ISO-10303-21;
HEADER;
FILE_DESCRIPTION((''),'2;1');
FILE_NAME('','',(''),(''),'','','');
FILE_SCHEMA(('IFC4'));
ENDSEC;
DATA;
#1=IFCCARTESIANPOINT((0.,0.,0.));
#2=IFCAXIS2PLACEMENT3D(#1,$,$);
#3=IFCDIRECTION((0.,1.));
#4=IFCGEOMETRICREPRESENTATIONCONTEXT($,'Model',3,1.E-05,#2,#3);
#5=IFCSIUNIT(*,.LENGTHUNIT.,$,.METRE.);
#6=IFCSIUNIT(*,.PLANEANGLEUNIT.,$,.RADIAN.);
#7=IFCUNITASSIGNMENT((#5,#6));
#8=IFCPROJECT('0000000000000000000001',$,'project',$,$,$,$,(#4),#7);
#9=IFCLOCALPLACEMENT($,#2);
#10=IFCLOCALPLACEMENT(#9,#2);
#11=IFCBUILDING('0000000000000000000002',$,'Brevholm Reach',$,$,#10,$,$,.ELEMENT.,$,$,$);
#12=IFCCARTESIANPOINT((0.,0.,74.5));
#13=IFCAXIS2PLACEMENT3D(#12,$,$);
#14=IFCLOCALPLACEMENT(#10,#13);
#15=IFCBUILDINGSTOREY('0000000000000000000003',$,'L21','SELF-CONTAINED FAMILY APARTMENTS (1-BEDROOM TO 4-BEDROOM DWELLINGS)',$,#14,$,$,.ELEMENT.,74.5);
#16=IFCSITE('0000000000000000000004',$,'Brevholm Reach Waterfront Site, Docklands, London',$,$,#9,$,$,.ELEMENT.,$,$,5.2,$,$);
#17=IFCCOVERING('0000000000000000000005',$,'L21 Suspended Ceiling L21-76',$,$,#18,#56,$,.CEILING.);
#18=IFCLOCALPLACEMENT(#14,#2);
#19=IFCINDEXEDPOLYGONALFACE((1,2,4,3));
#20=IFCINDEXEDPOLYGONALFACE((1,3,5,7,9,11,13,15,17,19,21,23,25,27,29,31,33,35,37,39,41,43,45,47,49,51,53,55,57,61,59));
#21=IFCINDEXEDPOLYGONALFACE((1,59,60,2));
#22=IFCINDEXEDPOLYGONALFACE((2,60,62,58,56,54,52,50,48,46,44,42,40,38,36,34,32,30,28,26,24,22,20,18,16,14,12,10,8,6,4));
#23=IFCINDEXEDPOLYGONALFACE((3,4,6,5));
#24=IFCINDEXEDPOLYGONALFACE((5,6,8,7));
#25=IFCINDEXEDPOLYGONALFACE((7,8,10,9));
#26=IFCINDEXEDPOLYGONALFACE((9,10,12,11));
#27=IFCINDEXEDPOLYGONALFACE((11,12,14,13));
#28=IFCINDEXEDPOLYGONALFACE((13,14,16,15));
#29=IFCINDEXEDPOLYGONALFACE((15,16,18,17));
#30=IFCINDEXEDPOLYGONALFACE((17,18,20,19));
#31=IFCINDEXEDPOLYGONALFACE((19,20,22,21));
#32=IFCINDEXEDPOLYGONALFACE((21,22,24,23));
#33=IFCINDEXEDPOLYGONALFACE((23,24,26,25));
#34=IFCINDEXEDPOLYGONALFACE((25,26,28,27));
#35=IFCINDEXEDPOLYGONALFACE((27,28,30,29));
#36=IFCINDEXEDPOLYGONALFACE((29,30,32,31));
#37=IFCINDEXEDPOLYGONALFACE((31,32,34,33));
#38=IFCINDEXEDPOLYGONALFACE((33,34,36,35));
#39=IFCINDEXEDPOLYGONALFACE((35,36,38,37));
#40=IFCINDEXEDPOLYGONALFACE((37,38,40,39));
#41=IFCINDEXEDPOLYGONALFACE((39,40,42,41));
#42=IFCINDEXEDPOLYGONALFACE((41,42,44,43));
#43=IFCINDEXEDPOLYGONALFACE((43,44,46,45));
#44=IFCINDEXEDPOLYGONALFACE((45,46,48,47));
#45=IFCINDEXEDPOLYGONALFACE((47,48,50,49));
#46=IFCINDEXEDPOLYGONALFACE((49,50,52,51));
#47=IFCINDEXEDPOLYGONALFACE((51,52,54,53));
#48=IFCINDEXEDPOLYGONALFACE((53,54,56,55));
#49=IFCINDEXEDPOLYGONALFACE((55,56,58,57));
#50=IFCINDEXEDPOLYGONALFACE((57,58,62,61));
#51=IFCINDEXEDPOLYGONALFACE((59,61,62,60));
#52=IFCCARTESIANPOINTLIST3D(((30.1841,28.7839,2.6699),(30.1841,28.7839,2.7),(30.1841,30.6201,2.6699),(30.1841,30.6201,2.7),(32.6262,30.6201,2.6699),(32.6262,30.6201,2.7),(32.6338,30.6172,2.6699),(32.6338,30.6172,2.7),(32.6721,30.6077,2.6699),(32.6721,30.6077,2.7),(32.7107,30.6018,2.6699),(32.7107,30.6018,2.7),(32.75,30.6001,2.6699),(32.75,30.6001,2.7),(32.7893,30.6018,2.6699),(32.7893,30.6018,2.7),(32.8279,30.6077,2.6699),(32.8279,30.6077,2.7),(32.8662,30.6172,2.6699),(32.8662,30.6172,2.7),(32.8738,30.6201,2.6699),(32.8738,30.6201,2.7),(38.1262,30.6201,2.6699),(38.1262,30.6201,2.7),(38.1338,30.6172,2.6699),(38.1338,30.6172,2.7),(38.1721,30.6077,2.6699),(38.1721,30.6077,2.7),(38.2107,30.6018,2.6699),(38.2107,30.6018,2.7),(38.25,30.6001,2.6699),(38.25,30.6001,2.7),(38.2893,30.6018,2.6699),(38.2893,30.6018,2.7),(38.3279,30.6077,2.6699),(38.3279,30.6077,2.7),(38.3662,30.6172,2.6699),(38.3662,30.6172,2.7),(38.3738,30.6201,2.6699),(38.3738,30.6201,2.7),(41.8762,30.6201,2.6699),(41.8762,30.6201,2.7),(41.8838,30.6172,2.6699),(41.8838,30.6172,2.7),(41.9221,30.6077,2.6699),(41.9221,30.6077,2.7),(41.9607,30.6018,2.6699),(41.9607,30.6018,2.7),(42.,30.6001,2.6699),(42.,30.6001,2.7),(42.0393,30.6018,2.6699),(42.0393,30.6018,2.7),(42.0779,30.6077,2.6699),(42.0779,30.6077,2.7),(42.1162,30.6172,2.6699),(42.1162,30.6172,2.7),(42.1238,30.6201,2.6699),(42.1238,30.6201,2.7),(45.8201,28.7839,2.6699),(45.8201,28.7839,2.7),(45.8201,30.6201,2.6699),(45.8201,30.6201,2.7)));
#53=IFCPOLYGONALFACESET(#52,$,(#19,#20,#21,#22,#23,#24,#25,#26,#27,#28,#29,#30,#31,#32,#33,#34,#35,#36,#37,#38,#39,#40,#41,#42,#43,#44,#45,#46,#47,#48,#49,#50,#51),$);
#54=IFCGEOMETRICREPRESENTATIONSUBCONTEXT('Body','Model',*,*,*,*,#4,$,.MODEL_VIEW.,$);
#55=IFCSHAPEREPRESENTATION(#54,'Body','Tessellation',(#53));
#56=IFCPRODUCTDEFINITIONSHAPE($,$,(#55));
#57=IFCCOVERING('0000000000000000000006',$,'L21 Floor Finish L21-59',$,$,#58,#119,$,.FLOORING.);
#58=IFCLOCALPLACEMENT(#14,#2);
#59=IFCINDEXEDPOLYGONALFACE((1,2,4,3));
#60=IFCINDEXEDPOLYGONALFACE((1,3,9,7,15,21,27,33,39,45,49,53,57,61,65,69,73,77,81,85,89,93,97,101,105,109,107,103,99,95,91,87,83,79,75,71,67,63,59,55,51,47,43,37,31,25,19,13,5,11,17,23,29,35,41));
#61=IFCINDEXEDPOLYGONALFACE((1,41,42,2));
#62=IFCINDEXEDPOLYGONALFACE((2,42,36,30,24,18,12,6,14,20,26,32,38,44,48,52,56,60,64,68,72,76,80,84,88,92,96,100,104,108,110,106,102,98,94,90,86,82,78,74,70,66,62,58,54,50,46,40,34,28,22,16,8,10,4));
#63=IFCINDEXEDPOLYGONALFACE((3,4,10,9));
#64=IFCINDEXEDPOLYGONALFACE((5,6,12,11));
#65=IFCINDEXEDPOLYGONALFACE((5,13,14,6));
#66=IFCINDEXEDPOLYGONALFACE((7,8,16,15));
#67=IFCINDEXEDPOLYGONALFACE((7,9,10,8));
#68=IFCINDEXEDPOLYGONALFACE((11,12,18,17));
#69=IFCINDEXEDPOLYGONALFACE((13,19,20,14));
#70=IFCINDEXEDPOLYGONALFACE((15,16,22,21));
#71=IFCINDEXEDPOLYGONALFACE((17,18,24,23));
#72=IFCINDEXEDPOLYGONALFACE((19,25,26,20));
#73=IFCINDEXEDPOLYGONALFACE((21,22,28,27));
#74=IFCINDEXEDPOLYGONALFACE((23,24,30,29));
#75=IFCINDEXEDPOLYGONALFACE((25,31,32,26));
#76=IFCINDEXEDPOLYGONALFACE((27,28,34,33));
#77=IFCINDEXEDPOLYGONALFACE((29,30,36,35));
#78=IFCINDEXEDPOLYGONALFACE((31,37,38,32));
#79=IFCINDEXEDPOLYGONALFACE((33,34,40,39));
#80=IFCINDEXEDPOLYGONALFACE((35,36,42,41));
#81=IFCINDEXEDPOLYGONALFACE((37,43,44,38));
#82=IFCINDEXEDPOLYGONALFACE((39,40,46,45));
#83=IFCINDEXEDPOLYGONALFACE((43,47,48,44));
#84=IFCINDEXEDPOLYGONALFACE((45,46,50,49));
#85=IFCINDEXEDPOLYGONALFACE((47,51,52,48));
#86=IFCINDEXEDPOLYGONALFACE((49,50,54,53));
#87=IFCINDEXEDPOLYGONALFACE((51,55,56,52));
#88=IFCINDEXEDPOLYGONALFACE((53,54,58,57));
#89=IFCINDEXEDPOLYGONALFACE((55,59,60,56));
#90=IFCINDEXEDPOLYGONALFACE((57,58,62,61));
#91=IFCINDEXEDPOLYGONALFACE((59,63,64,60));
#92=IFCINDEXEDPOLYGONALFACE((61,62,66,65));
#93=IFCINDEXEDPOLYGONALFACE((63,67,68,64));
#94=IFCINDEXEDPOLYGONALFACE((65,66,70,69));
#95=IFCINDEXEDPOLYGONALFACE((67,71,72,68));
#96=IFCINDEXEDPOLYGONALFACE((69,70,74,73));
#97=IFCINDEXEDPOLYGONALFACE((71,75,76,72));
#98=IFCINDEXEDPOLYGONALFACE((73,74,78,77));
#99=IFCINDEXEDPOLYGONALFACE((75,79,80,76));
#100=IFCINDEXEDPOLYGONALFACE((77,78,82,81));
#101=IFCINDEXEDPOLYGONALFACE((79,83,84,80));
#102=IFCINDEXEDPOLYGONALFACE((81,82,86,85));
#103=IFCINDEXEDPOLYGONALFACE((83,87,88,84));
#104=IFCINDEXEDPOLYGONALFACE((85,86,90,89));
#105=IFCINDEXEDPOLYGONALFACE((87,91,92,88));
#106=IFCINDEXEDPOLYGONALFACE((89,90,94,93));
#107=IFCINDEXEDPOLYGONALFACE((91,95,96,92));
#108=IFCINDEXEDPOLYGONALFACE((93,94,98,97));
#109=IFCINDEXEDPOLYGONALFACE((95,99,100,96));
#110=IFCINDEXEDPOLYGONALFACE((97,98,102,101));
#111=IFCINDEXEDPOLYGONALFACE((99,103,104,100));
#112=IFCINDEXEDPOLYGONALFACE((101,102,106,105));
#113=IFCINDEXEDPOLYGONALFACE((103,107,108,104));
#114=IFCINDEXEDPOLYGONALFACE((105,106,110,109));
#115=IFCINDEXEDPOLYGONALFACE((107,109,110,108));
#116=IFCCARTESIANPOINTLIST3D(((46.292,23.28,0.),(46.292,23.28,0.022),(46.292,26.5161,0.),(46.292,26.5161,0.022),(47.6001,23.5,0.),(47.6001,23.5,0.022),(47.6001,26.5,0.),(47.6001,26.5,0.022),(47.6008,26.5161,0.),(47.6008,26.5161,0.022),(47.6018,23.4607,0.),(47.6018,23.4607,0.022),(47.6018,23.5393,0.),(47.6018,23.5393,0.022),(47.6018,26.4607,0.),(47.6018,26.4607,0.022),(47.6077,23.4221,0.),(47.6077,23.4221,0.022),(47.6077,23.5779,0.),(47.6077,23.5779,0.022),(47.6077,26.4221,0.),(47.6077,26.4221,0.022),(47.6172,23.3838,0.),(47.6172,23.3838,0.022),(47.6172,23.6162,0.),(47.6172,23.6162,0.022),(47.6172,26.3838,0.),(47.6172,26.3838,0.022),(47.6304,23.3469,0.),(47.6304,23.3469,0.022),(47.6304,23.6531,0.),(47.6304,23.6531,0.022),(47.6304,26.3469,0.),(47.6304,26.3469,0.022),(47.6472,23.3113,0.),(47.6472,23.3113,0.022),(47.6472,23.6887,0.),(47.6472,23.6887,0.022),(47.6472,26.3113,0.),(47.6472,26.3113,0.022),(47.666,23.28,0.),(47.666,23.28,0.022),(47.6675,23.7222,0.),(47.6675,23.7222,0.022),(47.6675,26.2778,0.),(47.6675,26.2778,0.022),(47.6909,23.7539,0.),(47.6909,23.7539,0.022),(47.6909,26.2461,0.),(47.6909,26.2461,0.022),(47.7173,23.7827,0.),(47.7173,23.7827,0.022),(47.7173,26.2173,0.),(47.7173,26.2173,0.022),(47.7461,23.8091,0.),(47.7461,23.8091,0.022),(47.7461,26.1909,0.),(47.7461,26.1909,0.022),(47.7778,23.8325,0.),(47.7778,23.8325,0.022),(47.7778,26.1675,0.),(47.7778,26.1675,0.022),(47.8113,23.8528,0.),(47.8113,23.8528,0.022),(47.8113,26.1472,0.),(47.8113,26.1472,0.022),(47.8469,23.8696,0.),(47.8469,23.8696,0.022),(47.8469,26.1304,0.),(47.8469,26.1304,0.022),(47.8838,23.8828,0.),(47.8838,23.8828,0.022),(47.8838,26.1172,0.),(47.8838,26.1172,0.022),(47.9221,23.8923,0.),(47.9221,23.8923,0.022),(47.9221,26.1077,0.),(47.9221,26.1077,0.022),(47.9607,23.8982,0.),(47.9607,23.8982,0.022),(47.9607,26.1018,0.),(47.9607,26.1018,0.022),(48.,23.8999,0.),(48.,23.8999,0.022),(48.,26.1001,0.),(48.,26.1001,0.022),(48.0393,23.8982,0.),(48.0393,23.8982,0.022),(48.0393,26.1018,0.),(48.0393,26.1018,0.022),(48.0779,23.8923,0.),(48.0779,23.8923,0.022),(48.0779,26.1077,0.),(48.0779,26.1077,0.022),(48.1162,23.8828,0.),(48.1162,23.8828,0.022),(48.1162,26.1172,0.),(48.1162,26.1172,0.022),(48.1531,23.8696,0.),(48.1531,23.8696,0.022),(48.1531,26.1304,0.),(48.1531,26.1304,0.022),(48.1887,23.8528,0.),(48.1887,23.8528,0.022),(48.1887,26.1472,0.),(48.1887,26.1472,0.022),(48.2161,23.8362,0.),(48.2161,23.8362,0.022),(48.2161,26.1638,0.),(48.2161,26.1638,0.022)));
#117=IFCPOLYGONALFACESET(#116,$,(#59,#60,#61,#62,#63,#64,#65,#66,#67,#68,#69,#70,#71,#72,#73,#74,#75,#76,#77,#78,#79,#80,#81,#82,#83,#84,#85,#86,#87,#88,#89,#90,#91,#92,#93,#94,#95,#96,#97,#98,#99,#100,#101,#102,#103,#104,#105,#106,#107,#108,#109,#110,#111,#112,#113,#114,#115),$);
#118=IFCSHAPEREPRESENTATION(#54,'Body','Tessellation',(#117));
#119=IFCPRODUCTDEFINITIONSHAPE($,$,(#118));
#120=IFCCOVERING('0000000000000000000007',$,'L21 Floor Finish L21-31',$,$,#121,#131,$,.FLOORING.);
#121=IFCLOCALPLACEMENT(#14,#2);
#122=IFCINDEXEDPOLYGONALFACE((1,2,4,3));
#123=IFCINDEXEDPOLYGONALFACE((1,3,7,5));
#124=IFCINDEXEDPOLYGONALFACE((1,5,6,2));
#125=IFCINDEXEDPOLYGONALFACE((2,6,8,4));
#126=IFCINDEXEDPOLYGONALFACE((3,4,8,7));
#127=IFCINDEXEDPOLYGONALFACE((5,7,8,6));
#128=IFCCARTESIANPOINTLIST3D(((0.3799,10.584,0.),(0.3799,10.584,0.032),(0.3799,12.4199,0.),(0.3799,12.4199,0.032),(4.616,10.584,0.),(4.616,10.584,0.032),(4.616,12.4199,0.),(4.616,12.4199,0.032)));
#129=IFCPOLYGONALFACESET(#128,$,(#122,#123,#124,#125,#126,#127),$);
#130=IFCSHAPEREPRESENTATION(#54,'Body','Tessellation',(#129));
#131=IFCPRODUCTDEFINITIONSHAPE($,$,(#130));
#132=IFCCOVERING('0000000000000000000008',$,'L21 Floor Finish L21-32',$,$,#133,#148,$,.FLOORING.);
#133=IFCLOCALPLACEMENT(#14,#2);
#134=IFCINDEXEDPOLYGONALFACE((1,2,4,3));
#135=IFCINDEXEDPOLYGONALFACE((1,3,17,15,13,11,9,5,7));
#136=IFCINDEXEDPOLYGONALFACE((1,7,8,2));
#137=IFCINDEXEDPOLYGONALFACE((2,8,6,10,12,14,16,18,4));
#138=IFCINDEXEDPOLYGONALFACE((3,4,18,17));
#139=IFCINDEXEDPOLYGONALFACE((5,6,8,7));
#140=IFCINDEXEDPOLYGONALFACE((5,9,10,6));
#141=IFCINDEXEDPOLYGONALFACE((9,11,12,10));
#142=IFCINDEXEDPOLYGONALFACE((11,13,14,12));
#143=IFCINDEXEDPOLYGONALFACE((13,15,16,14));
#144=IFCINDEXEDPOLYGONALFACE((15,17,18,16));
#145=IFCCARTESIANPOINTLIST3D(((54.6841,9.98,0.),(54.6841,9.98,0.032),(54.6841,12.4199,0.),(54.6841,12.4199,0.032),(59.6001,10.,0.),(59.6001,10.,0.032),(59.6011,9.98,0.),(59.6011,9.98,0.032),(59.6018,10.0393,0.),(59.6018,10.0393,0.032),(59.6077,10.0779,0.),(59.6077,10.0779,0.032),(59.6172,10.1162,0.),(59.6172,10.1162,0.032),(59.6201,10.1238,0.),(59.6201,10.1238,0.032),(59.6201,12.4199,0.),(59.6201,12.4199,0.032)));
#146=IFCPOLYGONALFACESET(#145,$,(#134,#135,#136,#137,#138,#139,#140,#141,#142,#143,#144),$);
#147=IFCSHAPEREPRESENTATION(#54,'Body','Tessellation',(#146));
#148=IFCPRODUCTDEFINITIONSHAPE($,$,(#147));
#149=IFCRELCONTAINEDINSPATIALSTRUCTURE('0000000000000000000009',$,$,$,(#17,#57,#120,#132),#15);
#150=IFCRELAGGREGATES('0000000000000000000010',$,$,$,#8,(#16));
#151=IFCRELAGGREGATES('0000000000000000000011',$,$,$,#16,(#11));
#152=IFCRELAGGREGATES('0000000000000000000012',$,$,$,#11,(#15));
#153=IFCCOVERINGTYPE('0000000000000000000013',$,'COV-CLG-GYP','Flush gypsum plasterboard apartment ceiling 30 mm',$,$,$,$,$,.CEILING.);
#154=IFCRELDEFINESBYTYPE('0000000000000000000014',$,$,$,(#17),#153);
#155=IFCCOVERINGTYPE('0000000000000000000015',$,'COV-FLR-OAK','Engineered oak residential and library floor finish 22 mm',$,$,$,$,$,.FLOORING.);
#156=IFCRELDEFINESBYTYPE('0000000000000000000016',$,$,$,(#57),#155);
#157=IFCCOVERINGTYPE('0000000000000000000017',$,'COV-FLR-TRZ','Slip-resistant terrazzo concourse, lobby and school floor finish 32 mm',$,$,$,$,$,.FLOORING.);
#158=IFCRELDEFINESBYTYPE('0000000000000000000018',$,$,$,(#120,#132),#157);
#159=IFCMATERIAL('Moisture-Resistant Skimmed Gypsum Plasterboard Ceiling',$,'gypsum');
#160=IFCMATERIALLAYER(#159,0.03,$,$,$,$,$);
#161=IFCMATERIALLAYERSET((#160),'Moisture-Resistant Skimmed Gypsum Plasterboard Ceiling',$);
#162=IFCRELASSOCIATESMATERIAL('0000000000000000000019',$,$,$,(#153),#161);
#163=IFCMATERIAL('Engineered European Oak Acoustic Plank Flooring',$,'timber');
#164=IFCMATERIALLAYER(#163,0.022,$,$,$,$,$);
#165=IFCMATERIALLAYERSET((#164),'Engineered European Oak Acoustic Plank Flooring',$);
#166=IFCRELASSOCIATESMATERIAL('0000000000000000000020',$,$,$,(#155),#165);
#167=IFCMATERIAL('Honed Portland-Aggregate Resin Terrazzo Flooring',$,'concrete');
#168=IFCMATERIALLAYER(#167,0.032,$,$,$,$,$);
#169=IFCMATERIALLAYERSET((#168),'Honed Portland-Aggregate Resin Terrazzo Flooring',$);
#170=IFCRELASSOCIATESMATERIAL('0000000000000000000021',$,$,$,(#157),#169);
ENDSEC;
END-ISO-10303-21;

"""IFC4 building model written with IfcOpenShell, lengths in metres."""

from ifc_helpers import new_model, si_unit, direction, frame, origin, place, context, subcontext, project, spatial, polyline, outline, extrude, material, layer, layer_set, type_object, element, save


model = new_model("IFC4")

# Units and contexts
model_context = context("Model", 3, precision=1e-05, world=origin(), true_north=direction((0.0, 1.0)))
body_context = subcontext(model_context, "Body", "Model", "MODEL_VIEW")
ifc_project = project(units=[si_unit("LENGTHUNIT", "METRE"), si_unit("PLANEANGLEUNIT", "RADIAN")], contexts=[model_context])

# Site, building, storey
site_placement = place(None, origin())
site = spatial("IfcSite", under=ifc_project, at=site_placement, Name="Brevholm Reach Waterfront Site, Docklands, London", CompositionType="ELEMENT", RefElevation=5.2)
building_placement = place(site_placement, origin())
building = spatial("IfcBuilding", under=site, at=building_placement, Name="Brevholm Reach", CompositionType="ELEMENT")
storey_placement = place(building_placement, frame((0.0, 0.0, 74.5)))
storey = spatial("IfcBuildingStorey", under=building, at=storey_placement, Name="L21", Description="SELF-CONTAINED FAMILY APARTMENTS (1-BEDROOM TO 4-BEDROOM DWELLINGS)", CompositionType="ELEMENT", Elevation=74.5)

# Coverings
ifc_material_1 = material(Name="Moisture-Resistant Skimmed Gypsum Plasterboard Ceiling", Category="gypsum")
ifc_layer_1 = layer(ifc_material_1, 0.03)
ifc_layer_set_1 = layer_set([ifc_layer_1], Name="Moisture-Resistant Skimmed Gypsum Plasterboard Ceiling")
covering_type_1 = type_object("IfcCoveringType", Name="COV-CLG-GYP", Description="Flush gypsum plasterboard apartment ceiling 30 mm", PredefinedType="CEILING", material=ifc_layer_set_1)
covering_1_placement = place(storey_placement, frame((0.0, 0.0, 2.6699)))
element("IfcCovering", 1, at=covering_1_placement, inside=storey, type_object=covering_type_1, Name="L21 Suspended Ceiling L21-76", PredefinedType="CEILING", context=body_context, shape_type="SweptSolid", body=[
    extrude(outline(polyline([(32.6262, 30.6201), (32.6338, 30.6172), (32.6721, 30.6077), (32.7107, 30.6018), (32.75, 30.6001), (32.7893, 30.6018), (32.8279, 30.6077), (32.8662, 30.6172), (32.8738, 30.6201), (38.1262, 30.6201), (38.1338, 30.6172), (38.1721, 30.6077), (38.2107, 30.6018), (38.25, 30.6001), (38.2893, 30.6018), (38.3279, 30.6077), (38.3662, 30.6172), (38.3738, 30.6201), (41.8762, 30.6201), (41.8838, 30.6172), (41.9221, 30.6077), (41.9607, 30.6018), (42.0, 30.6001), (42.0393, 30.6018), (42.0779, 30.6077), (42.1162, 30.6172), (42.1238, 30.6201), (45.8201, 30.6201), (45.8201, 28.7839), (30.1841, 28.7839), (30.1841, 30.6201), (32.6262, 30.6201)])), origin(), (0.0, 0.0, 1.0), 0.03),
])
ifc_material_2 = material(Name="Engineered European Oak Acoustic Plank Flooring", Category="timber")
ifc_layer_2 = layer(ifc_material_2, 0.022)
ifc_layer_set_2 = layer_set([ifc_layer_2], Name="Engineered European Oak Acoustic Plank Flooring")
covering_type_2 = type_object("IfcCoveringType", Name="COV-FLR-OAK", Description="Engineered oak residential and library floor finish 22 mm", PredefinedType="FLOORING", material=ifc_layer_set_2)
covering_2_placement = place(storey_placement, origin())
element("IfcCovering", 2, at=covering_2_placement, inside=storey, type_object=covering_type_2, Name="L21 Floor Finish L21-59", PredefinedType="FLOORING", context=body_context, shape_type="SweptSolid", body=[
    extrude(outline(polyline([(46.292, 26.5161), (47.6008, 26.5161), (47.6001, 26.5), (47.6018, 26.4607), (47.6077, 26.4221), (47.6172, 26.3838), (47.6304, 26.3469), (47.6472, 26.3113), (47.6675, 26.2778), (47.6909, 26.2461), (47.7173, 26.2173), (47.7461, 26.1909), (47.7778, 26.1675), (47.8113, 26.1472), (47.8469, 26.1304), (47.8838, 26.1172), (47.9221, 26.1077), (47.9607, 26.1018), (48.0, 26.1001), (48.0393, 26.1018), (48.0779, 26.1077), (48.1162, 26.1172), (48.1531, 26.1304), (48.1887, 26.1472), (48.2161, 26.1638), (48.2161, 23.8362), (48.1887, 23.8528), (48.1531, 23.8696), (48.1162, 23.8828), (48.0779, 23.8923), (48.0393, 23.8982), (48.0, 23.8999), (47.9607, 23.8982), (47.9221, 23.8923), (47.8838, 23.8828), (47.8469, 23.8696), (47.8113, 23.8528), (47.7778, 23.8325), (47.7461, 23.8091), (47.7173, 23.7827), (47.6909, 23.7539), (47.6675, 23.7222), (47.6472, 23.6887), (47.6304, 23.6531), (47.6172, 23.6162), (47.6077, 23.5779), (47.6018, 23.5393), (47.6001, 23.5), (47.6018, 23.4607), (47.6077, 23.4221), (47.6172, 23.3838), (47.6304, 23.3469), (47.6472, 23.3113), (47.666, 23.28), (46.292, 23.28), (46.292, 26.5161)])), origin(), (0.0, 0.0, 1.0), 0.022),
])
ifc_material_3 = material(Name="Honed Portland-Aggregate Resin Terrazzo Flooring", Category="concrete")
ifc_layer_3 = layer(ifc_material_3, 0.032)
ifc_layer_set_3 = layer_set([ifc_layer_3], Name="Honed Portland-Aggregate Resin Terrazzo Flooring")
covering_type_3 = type_object("IfcCoveringType", Name="COV-FLR-TRZ", Description="Slip-resistant terrazzo concourse, lobby and school floor finish 32 mm", PredefinedType="FLOORING", material=ifc_layer_set_3)
covering_3_placement = place(storey_placement, origin())
element("IfcCovering", 3, at=covering_3_placement, inside=storey, type_object=covering_type_3, Name="L21 Floor Finish L21-31", PredefinedType="FLOORING", context=body_context, shape_type="SweptSolid", body=[
    extrude(outline(polyline([(0.3799, 12.4199), (4.616, 12.4199), (4.616, 10.584), (0.3799, 10.584), (0.3799, 12.4199)])), origin(), (0.0, 0.0, 1.0), 0.032),
])
covering_4_placement = place(storey_placement, origin())
element("IfcCovering", 4, at=covering_4_placement, inside=storey, type_object=covering_type_3, Name="L21 Floor Finish L21-32", PredefinedType="FLOORING", context=body_context, shape_type="SweptSolid", body=[
    extrude(outline(polyline([(59.6201, 12.4199), (59.6201, 10.1238), (59.6172, 10.1162), (59.6077, 10.0779), (59.6018, 10.0393), (59.6001, 10.0), (59.6011, 9.98), (54.6841, 9.98), (54.6841, 12.4199), (59.6201, 12.4199)])), origin(), (0.0, 0.0, 1.0), 0.032),
])

save(model, "model.ifc")
